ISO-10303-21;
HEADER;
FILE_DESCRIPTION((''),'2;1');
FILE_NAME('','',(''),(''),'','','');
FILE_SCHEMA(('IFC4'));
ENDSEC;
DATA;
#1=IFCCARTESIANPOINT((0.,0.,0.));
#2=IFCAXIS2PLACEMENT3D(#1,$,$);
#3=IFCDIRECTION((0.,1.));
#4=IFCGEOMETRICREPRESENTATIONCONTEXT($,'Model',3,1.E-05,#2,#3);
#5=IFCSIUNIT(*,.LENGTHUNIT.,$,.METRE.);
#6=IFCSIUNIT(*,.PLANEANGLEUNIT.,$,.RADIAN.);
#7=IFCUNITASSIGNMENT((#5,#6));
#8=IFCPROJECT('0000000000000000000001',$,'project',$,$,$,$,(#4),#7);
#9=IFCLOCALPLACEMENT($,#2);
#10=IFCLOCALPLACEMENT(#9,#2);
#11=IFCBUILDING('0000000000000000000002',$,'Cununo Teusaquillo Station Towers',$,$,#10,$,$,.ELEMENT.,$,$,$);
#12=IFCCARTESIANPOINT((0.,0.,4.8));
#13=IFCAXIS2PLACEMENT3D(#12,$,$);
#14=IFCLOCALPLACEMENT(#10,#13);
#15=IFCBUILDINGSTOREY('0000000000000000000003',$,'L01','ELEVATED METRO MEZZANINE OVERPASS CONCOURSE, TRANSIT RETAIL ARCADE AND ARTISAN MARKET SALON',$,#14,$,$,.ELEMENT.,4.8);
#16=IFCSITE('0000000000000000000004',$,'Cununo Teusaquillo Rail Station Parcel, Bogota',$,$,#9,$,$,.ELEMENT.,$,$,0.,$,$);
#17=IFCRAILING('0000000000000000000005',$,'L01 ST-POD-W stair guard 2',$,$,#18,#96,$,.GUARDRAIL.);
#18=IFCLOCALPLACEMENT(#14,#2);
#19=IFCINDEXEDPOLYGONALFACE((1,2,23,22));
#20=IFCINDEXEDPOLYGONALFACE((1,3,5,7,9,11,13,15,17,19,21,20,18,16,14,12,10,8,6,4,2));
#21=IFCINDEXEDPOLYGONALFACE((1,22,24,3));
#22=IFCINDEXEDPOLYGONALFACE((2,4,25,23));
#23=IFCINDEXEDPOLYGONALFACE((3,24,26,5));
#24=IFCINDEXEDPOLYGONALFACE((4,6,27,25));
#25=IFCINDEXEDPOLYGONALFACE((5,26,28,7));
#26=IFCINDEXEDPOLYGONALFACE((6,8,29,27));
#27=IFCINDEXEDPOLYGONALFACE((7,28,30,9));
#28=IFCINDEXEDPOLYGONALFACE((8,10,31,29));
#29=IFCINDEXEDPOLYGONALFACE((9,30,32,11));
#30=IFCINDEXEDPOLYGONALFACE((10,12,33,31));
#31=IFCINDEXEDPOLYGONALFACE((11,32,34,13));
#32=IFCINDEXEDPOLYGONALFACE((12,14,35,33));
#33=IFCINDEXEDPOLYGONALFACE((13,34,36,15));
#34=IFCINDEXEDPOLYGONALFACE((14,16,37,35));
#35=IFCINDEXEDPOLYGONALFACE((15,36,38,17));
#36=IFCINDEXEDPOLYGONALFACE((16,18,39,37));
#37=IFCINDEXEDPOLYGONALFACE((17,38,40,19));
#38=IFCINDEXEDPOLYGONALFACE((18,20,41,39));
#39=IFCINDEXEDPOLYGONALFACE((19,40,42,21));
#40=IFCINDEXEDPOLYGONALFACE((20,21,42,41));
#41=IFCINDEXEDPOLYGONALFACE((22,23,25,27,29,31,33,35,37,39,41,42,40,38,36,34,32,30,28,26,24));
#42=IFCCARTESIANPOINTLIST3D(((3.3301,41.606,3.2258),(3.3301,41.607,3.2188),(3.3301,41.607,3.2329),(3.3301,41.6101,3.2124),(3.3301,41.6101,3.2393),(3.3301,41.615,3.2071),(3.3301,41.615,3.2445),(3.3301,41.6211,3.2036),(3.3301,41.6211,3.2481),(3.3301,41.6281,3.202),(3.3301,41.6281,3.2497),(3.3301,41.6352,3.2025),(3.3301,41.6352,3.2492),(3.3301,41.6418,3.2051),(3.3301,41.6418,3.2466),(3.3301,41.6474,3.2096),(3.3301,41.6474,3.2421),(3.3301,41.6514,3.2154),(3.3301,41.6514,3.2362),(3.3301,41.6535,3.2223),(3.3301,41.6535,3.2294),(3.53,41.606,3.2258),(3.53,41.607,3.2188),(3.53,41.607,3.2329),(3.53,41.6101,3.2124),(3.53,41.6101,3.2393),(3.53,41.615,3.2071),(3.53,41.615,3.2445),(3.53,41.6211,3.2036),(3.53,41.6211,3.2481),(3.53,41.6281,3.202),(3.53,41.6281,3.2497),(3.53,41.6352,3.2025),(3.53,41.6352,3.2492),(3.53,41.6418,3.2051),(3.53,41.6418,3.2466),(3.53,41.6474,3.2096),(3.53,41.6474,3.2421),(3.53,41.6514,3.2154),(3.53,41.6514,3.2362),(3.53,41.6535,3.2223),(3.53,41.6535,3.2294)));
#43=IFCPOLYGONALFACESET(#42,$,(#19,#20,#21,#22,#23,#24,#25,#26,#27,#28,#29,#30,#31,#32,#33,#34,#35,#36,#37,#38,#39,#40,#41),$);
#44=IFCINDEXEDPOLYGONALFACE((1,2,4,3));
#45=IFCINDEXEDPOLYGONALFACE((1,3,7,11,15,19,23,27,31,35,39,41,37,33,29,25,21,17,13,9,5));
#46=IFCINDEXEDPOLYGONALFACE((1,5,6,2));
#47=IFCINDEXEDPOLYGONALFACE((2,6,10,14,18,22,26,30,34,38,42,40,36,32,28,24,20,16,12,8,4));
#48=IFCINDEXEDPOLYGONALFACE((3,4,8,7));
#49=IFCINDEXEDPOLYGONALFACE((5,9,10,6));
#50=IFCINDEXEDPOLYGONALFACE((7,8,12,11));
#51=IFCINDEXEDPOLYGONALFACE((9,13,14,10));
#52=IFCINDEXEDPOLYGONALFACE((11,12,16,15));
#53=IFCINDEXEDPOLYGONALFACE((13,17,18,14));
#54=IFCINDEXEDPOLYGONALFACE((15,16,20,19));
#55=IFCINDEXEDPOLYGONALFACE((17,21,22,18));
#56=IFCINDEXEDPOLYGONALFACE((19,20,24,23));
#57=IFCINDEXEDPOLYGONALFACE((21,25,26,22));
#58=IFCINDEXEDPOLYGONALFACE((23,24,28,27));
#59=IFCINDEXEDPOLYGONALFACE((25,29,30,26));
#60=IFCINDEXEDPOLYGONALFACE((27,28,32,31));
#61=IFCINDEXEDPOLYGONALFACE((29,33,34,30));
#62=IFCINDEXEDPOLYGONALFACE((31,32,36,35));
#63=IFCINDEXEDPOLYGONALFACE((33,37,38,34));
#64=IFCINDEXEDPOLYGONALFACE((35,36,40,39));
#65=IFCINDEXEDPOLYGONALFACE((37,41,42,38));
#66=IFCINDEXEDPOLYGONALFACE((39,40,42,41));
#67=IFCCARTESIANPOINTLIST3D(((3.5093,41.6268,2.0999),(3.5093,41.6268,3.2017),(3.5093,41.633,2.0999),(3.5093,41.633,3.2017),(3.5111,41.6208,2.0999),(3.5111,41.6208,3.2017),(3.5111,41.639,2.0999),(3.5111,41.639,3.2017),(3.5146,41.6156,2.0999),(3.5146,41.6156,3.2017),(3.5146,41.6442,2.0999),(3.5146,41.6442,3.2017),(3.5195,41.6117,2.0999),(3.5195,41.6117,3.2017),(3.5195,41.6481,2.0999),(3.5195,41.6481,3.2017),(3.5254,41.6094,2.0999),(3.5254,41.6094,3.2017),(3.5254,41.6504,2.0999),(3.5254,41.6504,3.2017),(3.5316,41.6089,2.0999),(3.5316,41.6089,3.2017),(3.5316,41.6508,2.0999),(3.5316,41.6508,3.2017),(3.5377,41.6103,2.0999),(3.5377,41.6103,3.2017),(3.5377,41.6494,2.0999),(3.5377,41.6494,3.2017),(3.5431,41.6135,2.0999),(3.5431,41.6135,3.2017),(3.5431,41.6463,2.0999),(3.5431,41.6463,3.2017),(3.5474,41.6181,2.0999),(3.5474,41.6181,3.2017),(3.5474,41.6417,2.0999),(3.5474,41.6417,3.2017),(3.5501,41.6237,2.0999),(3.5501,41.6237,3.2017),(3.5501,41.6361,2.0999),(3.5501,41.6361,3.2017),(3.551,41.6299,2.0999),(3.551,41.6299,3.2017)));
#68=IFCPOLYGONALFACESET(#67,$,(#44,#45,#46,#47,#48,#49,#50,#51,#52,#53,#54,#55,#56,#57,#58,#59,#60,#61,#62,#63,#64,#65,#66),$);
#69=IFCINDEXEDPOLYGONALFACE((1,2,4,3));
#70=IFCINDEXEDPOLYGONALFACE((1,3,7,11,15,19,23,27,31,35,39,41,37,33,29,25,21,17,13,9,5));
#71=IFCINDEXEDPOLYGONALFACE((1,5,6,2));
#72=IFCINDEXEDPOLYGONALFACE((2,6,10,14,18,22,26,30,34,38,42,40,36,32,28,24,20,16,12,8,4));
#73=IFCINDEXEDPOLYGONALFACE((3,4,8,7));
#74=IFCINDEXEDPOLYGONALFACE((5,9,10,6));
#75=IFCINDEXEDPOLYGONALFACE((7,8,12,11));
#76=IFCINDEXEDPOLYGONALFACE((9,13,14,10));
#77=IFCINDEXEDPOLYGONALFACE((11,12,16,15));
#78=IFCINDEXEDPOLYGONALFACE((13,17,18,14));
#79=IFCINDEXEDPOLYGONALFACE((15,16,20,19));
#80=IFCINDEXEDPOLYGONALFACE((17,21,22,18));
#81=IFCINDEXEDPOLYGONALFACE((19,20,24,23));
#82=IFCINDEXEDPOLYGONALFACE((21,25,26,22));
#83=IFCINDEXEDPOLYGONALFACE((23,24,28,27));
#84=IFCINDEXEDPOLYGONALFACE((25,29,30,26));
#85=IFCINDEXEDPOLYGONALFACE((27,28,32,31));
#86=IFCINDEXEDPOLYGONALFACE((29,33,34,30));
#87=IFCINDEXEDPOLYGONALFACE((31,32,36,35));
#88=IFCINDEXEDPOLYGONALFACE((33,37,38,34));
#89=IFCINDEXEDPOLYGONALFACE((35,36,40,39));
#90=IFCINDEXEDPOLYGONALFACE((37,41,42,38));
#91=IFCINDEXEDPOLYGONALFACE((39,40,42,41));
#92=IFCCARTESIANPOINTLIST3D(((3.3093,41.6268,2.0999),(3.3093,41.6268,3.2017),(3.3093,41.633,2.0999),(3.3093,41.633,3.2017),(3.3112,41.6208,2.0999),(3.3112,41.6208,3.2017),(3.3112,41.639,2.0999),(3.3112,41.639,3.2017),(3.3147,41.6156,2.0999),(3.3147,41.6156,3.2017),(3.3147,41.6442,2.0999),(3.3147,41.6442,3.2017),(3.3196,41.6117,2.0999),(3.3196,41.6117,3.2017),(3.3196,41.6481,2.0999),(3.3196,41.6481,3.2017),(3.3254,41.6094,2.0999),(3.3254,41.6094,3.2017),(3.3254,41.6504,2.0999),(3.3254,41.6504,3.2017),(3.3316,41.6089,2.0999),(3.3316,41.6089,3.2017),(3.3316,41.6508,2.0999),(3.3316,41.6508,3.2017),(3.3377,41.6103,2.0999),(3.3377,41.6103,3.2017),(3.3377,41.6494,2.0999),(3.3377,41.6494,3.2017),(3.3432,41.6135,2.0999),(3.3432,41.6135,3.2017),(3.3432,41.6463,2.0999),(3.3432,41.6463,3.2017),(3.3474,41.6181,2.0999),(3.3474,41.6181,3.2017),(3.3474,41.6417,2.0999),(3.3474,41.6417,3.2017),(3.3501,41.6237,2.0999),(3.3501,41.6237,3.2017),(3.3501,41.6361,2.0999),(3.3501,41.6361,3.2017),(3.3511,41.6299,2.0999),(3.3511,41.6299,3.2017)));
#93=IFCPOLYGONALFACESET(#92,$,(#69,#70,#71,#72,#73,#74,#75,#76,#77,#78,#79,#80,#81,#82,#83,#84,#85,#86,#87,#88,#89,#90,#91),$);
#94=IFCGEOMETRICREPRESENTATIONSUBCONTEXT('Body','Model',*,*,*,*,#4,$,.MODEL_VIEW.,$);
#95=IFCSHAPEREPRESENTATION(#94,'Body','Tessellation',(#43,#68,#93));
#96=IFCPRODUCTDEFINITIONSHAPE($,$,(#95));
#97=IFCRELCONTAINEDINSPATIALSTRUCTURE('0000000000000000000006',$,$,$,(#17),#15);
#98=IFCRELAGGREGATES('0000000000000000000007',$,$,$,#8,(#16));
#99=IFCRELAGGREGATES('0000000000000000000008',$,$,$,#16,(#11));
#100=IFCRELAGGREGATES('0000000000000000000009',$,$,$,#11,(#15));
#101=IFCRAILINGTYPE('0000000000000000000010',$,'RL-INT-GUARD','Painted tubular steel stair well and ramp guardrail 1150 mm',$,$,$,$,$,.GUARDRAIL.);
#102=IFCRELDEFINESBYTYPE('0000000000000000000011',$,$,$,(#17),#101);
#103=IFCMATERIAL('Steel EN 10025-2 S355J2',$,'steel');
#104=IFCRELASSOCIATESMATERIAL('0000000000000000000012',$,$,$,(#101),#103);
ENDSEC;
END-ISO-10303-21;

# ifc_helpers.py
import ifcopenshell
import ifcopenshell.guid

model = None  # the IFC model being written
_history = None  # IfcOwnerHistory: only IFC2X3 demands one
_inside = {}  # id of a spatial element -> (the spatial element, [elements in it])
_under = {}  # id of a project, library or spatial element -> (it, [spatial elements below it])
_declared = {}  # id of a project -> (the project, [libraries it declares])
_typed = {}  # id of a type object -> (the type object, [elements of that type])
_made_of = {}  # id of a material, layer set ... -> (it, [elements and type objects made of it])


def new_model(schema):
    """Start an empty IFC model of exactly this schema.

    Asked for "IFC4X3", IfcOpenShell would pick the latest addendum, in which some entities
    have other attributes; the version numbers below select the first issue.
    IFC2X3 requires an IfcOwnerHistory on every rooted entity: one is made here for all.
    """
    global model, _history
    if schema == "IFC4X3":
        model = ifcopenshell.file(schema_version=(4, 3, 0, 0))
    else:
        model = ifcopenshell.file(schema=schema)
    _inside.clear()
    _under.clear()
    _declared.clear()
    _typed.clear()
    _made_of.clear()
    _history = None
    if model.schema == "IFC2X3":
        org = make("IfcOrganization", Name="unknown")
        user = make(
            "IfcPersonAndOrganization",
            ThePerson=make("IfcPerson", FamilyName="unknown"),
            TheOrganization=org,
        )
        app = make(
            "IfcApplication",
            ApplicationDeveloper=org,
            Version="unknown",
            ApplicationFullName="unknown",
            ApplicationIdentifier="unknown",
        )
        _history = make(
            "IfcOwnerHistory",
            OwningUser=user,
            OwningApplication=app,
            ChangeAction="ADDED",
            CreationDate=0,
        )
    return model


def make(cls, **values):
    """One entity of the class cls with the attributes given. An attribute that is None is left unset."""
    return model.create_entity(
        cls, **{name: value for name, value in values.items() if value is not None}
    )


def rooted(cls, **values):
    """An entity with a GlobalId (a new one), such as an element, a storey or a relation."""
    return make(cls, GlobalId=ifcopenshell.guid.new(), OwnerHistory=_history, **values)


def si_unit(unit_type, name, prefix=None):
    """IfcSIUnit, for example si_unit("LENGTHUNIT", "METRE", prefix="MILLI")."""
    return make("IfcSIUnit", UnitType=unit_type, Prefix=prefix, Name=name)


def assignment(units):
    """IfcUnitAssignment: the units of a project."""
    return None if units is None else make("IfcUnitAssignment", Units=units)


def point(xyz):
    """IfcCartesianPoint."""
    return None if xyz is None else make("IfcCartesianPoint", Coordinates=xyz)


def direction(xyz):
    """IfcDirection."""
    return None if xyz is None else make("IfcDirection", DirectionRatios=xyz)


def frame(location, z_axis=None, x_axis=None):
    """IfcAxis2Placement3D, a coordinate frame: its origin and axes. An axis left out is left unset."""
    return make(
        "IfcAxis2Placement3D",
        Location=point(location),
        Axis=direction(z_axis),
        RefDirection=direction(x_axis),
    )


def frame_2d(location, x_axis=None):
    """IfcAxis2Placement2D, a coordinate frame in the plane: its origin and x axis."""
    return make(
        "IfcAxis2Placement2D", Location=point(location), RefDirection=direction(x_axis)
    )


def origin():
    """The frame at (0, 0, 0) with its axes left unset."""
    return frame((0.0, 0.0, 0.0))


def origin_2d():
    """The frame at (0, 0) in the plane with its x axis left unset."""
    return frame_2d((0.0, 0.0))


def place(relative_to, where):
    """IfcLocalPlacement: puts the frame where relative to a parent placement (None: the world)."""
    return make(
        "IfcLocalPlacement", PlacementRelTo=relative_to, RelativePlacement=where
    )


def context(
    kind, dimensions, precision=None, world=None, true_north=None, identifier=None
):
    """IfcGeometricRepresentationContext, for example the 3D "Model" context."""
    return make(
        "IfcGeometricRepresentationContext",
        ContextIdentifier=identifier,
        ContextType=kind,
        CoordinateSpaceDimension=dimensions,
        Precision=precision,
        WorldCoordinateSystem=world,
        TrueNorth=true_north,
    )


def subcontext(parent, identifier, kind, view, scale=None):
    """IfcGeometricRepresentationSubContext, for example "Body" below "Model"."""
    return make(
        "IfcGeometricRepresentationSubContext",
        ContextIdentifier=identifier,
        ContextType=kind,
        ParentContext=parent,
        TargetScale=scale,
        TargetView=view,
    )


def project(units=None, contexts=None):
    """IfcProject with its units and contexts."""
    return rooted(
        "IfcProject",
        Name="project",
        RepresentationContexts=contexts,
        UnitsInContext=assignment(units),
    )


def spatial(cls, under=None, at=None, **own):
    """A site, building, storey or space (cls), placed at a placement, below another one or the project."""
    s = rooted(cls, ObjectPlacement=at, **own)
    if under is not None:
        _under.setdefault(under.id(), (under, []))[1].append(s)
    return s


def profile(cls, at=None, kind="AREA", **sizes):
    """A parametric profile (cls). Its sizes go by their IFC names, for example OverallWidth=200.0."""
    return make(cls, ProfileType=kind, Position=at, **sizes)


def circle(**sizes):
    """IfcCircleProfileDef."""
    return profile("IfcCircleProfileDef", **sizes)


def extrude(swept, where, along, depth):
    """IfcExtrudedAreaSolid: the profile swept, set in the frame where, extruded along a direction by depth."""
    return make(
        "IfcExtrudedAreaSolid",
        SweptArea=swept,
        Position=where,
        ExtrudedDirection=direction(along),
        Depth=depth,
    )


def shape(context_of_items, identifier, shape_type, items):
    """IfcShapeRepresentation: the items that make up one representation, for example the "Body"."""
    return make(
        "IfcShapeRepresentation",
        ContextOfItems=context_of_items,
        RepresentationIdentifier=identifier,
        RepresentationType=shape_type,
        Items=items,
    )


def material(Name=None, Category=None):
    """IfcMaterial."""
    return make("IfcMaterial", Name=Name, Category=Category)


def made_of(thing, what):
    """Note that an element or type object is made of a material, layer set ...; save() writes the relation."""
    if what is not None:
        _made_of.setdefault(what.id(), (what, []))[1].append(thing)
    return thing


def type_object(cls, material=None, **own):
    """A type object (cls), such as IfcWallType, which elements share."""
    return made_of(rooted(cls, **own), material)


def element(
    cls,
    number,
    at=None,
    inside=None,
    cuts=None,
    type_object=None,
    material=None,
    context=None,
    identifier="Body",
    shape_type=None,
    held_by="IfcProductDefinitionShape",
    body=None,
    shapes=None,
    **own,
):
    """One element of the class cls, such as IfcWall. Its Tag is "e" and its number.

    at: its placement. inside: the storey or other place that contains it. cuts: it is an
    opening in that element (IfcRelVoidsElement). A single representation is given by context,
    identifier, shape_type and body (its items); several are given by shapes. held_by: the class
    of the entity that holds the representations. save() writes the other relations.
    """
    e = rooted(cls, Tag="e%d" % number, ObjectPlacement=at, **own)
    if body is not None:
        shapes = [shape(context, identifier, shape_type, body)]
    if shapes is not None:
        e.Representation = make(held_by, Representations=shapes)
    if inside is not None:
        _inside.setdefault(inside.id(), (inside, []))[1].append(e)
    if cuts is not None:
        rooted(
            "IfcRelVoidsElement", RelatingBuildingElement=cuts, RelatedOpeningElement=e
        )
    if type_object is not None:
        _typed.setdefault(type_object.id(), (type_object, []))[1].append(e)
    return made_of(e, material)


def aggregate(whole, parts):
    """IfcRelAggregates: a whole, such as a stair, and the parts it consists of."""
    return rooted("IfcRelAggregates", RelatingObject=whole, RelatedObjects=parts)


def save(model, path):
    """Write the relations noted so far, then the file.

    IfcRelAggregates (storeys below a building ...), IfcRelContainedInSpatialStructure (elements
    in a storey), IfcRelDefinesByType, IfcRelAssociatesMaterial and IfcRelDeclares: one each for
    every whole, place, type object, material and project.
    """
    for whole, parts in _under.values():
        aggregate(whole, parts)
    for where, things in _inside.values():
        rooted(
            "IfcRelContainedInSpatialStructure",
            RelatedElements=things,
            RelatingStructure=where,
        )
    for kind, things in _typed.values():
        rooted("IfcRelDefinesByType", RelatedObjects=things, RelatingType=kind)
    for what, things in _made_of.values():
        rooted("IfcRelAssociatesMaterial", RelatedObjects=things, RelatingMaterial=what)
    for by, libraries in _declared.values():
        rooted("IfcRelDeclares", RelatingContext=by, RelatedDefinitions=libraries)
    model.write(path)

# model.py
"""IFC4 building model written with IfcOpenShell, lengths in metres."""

from ifc_helpers import new_model, si_unit, direction, frame, origin, origin_2d, place, context, subcontext, project, spatial, circle, extrude, material, type_object, element, save


model = new_model("IFC4")

# Units and contexts
model_context = context("Model", 3, precision=1e-05, world=origin(), true_north=direction((0.0, 1.0)))
body_context = subcontext(model_context, "Body", "Model", "MODEL_VIEW")
ifc_project = project(units=[si_unit("LENGTHUNIT", "METRE"), si_unit("PLANEANGLEUNIT", "RADIAN")], contexts=[model_context])

# Site, building, storey
site_placement = place(None, origin())
site = spatial("IfcSite", under=ifc_project, at=site_placement, Name="Cununo Teusaquillo Rail Station Parcel, Bogota", CompositionType="ELEMENT", RefElevation=0.0)
building_placement = place(site_placement, origin())
building = spatial("IfcBuilding", under=site, at=building_placement, Name="Cununo Teusaquillo Station Towers", CompositionType="ELEMENT")
storey_placement = place(building_placement, frame((0.0, 0.0, 4.8)))
storey = spatial("IfcBuildingStorey", under=building, at=storey_placement, Name="L01", Description="ELEVATED METRO MEZZANINE OVERPASS CONCOURSE, TRANSIT RETAIL ARCADE AND ARTISAN MARKET SALON", CompositionType="ELEMENT", Elevation=4.8)

# Railing
ifc_material_1 = material(Name="Steel EN 10025-2 S355J2", Category="steel")
railing_type_1 = type_object("IfcRailingType", Name="RL-INT-GUARD", Description="Painted tubular steel stair well and ramp guardrail 1150 mm", PredefinedType="GUARDRAIL", material=ifc_material_1)
railing_1_placement = place(storey_placement, frame((3.53, 41.6299, 2.0999)))
element("IfcRailing", 1, at=railing_1_placement, inside=storey, type_object=railing_type_1, Name="L01 ST-POD-W stair guard 2", PredefinedType="GUARDRAIL", context=body_context, shape_type="SweptSolid", body=[
    extrude(circle(Radius=0.0239, at=origin_2d()), frame((0.0, 0.0, 1.126), z_axis=(-1.0, 0.0, 0.0), x_axis=(0.0, -1.0, 0.0)), (0.0, 0.0, 1.0), 0.2),
    extrude(circle(Radius=0.021, at=origin_2d()), origin(), (0.0, 0.0, 1.0), 1.1018),
    extrude(circle(Radius=0.021, at=origin_2d()), frame((-0.2, 0.0, 0.0)), (0.0, 0.0, 1.0), 1.1018),
])

save(model, "model.ifc")
